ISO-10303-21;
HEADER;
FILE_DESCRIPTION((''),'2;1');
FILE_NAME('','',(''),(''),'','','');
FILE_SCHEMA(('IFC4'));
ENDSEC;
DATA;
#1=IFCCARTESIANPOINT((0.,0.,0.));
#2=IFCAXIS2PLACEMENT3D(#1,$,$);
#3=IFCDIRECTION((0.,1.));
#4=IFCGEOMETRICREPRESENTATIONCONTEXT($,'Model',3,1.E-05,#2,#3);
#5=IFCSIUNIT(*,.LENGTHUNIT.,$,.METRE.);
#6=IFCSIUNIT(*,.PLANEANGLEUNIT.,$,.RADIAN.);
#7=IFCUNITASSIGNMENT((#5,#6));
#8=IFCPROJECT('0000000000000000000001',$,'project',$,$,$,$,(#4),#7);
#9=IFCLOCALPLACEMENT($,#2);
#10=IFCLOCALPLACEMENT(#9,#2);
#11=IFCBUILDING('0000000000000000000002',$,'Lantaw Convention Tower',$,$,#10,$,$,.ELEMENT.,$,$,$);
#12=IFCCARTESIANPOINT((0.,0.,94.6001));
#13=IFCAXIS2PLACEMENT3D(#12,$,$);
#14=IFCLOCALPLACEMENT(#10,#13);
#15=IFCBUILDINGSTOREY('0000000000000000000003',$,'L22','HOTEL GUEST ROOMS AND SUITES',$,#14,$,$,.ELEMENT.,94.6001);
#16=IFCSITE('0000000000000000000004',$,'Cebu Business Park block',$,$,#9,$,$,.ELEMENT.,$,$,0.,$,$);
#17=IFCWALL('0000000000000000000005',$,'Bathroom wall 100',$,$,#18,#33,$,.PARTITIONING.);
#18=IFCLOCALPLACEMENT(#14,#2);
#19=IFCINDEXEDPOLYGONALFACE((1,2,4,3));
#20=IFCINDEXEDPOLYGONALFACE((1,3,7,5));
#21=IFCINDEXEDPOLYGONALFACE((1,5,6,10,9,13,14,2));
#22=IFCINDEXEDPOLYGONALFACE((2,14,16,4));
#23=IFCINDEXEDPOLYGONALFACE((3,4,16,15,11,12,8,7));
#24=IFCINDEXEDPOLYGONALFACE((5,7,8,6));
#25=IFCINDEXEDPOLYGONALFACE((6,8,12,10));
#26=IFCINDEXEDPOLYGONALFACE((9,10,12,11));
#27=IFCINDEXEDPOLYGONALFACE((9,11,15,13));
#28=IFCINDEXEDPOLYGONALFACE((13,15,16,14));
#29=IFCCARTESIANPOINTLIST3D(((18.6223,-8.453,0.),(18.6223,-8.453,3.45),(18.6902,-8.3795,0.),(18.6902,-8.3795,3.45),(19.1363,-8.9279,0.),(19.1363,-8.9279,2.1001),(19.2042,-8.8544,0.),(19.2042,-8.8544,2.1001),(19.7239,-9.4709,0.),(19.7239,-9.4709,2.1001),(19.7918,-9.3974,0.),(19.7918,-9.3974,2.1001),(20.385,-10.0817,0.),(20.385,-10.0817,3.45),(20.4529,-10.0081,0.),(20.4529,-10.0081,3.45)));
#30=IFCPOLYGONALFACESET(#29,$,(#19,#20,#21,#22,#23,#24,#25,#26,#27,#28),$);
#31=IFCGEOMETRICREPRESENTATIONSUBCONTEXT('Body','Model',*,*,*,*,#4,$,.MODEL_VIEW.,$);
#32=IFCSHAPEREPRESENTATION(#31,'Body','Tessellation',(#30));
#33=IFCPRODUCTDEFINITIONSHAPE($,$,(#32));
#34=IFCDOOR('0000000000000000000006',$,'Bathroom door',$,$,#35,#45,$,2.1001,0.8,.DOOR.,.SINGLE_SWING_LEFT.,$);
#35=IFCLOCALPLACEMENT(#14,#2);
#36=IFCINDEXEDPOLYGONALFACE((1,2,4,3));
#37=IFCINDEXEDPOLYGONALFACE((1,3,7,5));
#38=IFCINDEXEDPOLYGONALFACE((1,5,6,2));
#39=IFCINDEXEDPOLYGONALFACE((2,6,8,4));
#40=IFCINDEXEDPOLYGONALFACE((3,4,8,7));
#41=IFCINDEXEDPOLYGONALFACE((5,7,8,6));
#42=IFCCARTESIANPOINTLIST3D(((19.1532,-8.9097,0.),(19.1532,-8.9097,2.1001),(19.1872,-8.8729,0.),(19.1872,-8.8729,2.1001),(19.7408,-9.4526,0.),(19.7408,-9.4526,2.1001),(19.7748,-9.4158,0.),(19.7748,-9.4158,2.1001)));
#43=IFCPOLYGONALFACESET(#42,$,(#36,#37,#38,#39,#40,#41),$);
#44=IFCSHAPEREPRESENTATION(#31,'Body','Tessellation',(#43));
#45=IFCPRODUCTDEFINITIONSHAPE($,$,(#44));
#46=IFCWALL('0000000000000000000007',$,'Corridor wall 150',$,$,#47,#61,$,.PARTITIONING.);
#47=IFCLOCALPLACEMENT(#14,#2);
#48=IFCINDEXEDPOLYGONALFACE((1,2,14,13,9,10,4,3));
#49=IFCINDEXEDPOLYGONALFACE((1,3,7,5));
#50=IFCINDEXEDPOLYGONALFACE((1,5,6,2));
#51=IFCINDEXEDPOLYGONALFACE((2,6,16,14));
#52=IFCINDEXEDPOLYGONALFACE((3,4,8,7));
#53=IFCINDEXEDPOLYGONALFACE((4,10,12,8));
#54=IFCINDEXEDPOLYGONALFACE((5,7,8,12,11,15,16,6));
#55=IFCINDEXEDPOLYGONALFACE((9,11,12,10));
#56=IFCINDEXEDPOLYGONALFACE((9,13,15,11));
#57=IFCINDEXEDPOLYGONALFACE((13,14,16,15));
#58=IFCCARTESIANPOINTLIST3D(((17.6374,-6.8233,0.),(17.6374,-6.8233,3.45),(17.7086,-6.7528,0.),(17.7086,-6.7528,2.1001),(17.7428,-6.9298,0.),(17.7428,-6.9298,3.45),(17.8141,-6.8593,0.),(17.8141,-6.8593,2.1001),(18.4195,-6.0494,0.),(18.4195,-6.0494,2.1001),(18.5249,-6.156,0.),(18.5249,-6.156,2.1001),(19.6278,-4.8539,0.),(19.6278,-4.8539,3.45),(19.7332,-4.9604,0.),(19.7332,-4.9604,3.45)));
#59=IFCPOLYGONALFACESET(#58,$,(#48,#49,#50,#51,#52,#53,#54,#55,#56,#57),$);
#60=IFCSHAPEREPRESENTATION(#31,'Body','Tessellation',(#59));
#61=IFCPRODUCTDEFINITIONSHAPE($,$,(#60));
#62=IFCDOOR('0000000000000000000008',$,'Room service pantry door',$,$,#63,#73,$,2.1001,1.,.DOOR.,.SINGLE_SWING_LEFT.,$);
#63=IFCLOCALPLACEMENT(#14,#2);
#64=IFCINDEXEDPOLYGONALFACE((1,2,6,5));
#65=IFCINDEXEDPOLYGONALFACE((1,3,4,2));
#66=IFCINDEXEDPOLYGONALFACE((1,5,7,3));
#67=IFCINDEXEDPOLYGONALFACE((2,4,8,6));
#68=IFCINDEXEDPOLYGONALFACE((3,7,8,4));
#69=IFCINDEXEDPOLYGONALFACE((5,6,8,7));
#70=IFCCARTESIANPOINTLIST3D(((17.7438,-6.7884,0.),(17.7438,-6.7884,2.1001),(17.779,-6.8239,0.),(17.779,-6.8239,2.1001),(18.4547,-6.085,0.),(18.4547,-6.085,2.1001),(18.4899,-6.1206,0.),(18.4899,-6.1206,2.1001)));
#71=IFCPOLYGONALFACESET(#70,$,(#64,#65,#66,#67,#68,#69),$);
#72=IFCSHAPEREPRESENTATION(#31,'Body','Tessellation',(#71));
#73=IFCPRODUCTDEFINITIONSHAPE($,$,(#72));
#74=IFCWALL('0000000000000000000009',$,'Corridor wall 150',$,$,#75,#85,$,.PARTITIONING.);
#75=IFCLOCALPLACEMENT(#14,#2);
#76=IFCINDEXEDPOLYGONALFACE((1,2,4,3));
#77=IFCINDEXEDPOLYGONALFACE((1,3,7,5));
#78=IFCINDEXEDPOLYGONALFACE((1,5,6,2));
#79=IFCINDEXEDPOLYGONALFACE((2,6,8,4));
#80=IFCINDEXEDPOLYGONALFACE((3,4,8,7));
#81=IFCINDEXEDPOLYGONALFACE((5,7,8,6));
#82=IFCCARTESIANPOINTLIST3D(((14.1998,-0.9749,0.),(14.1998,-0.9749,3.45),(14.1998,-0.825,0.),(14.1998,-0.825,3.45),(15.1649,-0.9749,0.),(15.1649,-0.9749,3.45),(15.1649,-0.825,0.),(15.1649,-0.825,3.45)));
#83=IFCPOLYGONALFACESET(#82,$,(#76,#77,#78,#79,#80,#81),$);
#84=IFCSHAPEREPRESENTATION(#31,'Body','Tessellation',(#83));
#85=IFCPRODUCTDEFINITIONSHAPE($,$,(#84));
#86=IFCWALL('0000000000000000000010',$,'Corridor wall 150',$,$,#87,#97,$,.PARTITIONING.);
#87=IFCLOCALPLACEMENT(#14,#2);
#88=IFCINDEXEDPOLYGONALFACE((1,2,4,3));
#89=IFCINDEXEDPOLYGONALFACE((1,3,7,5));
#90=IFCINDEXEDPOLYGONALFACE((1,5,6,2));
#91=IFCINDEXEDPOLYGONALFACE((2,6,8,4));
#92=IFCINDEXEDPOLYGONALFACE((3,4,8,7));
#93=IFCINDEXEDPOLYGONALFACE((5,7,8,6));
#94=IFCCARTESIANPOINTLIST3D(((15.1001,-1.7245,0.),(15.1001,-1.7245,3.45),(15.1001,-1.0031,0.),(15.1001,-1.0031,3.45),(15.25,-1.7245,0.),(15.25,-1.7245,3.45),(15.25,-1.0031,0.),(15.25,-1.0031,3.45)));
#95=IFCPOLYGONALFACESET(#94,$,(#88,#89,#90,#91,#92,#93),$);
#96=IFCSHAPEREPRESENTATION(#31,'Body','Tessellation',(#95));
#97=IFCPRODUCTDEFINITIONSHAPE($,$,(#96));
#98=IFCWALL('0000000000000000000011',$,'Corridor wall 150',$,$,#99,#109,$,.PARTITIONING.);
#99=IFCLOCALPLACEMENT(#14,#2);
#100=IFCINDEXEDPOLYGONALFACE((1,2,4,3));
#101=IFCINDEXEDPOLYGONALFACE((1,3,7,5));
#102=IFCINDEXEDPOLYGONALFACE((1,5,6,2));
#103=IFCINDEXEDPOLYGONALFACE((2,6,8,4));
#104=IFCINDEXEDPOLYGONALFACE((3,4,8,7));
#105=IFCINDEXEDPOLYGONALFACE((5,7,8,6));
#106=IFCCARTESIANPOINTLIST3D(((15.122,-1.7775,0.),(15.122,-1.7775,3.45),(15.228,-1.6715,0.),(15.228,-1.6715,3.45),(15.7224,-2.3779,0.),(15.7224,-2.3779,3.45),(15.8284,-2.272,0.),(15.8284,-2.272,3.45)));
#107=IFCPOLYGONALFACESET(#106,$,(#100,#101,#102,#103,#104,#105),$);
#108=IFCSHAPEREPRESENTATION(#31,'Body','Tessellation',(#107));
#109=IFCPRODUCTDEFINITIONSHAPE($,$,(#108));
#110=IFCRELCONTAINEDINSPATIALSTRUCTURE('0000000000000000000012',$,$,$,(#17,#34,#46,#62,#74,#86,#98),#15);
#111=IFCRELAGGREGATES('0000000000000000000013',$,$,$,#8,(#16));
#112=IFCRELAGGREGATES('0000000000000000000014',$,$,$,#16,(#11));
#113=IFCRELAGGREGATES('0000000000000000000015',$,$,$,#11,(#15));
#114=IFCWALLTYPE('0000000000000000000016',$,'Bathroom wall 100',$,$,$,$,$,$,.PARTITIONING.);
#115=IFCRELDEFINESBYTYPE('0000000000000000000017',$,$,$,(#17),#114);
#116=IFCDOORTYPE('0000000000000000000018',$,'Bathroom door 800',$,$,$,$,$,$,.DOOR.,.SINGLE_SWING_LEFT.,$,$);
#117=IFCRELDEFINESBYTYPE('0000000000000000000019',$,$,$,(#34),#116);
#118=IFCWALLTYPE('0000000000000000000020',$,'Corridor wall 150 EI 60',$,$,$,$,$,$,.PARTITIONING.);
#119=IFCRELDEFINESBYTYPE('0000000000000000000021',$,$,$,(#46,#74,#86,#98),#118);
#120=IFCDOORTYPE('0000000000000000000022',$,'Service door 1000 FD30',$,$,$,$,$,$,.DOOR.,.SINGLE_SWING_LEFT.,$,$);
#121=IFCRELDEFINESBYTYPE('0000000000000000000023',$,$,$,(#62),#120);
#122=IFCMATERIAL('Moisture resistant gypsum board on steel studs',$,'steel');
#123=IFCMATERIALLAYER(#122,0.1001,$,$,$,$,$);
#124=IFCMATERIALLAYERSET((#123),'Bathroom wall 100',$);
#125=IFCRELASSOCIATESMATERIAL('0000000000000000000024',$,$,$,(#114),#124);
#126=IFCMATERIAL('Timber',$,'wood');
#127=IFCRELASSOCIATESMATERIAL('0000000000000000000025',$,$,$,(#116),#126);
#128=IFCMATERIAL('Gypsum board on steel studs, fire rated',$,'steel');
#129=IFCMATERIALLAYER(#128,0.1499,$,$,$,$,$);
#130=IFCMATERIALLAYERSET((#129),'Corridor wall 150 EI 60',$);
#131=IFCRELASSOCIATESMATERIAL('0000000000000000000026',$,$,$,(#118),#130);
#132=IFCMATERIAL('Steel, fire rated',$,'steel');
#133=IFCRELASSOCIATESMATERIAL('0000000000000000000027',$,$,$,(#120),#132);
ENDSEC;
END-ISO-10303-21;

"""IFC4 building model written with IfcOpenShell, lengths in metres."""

from ifc_helpers import new_model, si_unit, direction, frame, frame_2d, origin, place, context, subcontext, project, spatial, rectangle, extrude, material, layer, layer_set, type_object, element, fill, save


model = new_model("IFC4")

# Units and contexts
model_context = context("Model", 3, precision=1e-05, world=origin(), true_north=direction((0.0, 1.0)))
body_context = subcontext(model_context, "Body", "Model", "MODEL_VIEW")
ifc_project = project(units=[si_unit("LENGTHUNIT", "METRE"), si_unit("PLANEANGLEUNIT", "RADIAN")], contexts=[model_context])

# Site, building, storey
site_placement = place(None, origin())
site = spatial("IfcSite", under=ifc_project, at=site_placement, Name="Cebu Business Park block", CompositionType="ELEMENT", RefElevation=0.0)
building_placement = place(site_placement, origin())
building = spatial("IfcBuilding", under=site, at=building_placement, Name="Lantaw Convention Tower", CompositionType="ELEMENT")
storey_placement = place(building_placement, frame((0.0, 0.0, 94.6001)))
storey = spatial("IfcBuildingStorey", under=building, at=storey_placement, Name="L22", Description="HOTEL GUEST ROOMS AND SUITES", CompositionType="ELEMENT", Elevation=94.6001)

# Walls, openings, doors
ifc_material_1 = material(Name="Moisture resistant gypsum board on steel studs", Category="steel")
ifc_layer_1 = layer(ifc_material_1, 0.1001)
ifc_layer_set_1 = layer_set([ifc_layer_1], Name="Bathroom wall 100")
wall_type_1 = type_object("IfcWallType", Name="Bathroom wall 100", PredefinedType="PARTITIONING", material=ifc_layer_set_1)
wall_1_placement = place(storey_placement, frame((18.6562, -8.4163, 0.0), z_axis=(0.0, 0.0, 1.0), x_axis=(0.73448, -0.678631, 0.0)))
wall_1 = element("IfcWall", 1, at=wall_1_placement, inside=storey, type_object=wall_type_1, Name="Bathroom wall 100", PredefinedType="PARTITIONING", context=body_context, shape_type="SweptSolid", body=[
    extrude(rectangle(XDim=2.3999, YDim=0.1001, at=frame_2d((1.2, 0.0))), origin(), (0.0, 0.0, 1.0), 3.45),
])
opening_1_placement = place(wall_1_placement, frame((0.7, 0.0, 0.0)))
opening_1 = element("IfcOpeningElement", 2, at=opening_1_placement, cuts=wall_1, PredefinedType="OPENING", context=body_context, shape_type="SweptSolid", body=[
    extrude(rectangle(XDim=0.8, YDim=2.1001, at=frame_2d((0.3999, 1.05))), frame((0.0, 0.0601, 0.0), z_axis=(0.0, -1.0, 0.0), x_axis=(1.0, 0.0, 0.0)), (0.0, 0.0, 1.0), 0.1201),
])
ifc_material_2 = material(Name="Timber", Category="wood")
door_type_1 = type_object("IfcDoorType", Name="Bathroom door 800", OperationType="SINGLE_SWING_LEFT", PredefinedType="DOOR", material=ifc_material_2)
door_1_placement = place(opening_1_placement, origin())
door_1 = element("IfcDoor", 3, at=door_1_placement, inside=storey, type_object=door_type_1, Name="Bathroom door", OperationType="SINGLE_SWING_LEFT", OverallHeight=2.1001, OverallWidth=0.8, PredefinedType="DOOR", context=body_context, shape_type="SweptSolid", body=[
    extrude(rectangle(XDim=0.8, YDim=2.1001, at=frame_2d((0.3999, 1.05))), frame((0.0, 0.0249, 0.0), z_axis=(0.0, -1.0, 0.0), x_axis=(1.0, 0.0, 0.0)), (0.0, 0.0, 1.0), 0.05),
])
fill(opening_1, door_1)
ifc_material_3 = material(Name="Gypsum board on steel studs, fire rated", Category="steel")
ifc_layer_2 = layer(ifc_material_3, 0.1499)
ifc_layer_set_2 = layer_set([ifc_layer_2], Name="Corridor wall 150 EI 60")
wall_type_2 = type_object("IfcWallType", Name="Corridor wall 150 EI 60", PredefinedType="PARTITIONING", material=ifc_layer_set_2)
wall_2_placement = place(storey_placement, frame((17.6902, -6.8765, 0.0), z_axis=(0.0, 0.0, 1.0), x_axis=(0.710846, 0.703348, 0.0)))
wall_2 = element("IfcWall", 4, at=wall_2_placement, inside=storey, type_object=wall_type_2, Name="Corridor wall 150", PredefinedType="PARTITIONING", context=body_context, shape_type="SweptSolid", body=[
    extrude(rectangle(XDim=2.8, YDim=0.1499, at=frame_2d((1.3999, 0.0))), origin(), (0.0, 0.0, 1.0), 3.45),
])
opening_2_placement = place(wall_2_placement, frame((0.1001, 0.0, 0.0)))
opening_2 = element("IfcOpeningElement", 5, at=opening_2_placement, cuts=wall_2, PredefinedType="OPENING", context=body_context, shape_type="SweptSolid", body=[
    extrude(rectangle(XDim=1.0, YDim=2.1001, at=frame_2d((0.5, 1.05))), frame((0.0, 0.085, 0.0), z_axis=(0.0, -1.0, 0.0), x_axis=(1.0, 0.0, 0.0)), (0.0, 0.0, 1.0), 0.1699),
])
ifc_material_4 = material(Name="Steel, fire rated", Category="steel")
door_type_2 = type_object("IfcDoorType", Name="Service door 1000 FD30", OperationType="SINGLE_SWING_LEFT", PredefinedType="DOOR", material=ifc_material_4)
door_2_placement = place(opening_2_placement, origin())
door_2 = element("IfcDoor", 6, at=door_2_placement, inside=storey, type_object=door_type_2, Name="Room service pantry door", OperationType="SINGLE_SWING_LEFT", OverallHeight=2.1001, OverallWidth=1.0, PredefinedType="DOOR", context=body_context, shape_type="SweptSolid", body=[
    extrude(rectangle(XDim=1.0, YDim=2.1001, at=frame_2d((0.5, 1.05))), frame((0.0, 0.0249, 0.0), z_axis=(0.0, -1.0, 0.0), x_axis=(1.0, 0.0, 0.0)), (0.0, 0.0, 1.0), 0.05),
])
fill(opening_2, door_2)

# Walls
wall_3_placement = place(storey_placement, frame((14.2, -0.8999, 0.0), z_axis=(0.0, 0.0, 1.0), x_axis=(1.0, 0.0, 0.0)))
element("IfcWall", 7, at=wall_3_placement, inside=storey, type_object=wall_type_2, Name="Corridor wall 150", PredefinedType="PARTITIONING", context=body_context, shape_type="SweptSolid", body=[
    extrude(rectangle(XDim=0.9651, YDim=0.1499, at=frame_2d((0.4824, 0.0))), origin(), (0.0, 0.0, 1.0), 3.45),
])
wall_4_placement = place(storey_placement, frame((15.175, -1.7246, 0.0), z_axis=(0.0, 0.0, 1.0), x_axis=(0.0, 1.0, 0.0)))
element("IfcWall", 8, at=wall_4_placement, inside=storey, type_object=wall_type_2, Name="Corridor wall 150", PredefinedType="PARTITIONING", context=body_context, shape_type="SweptSolid", body=[
    extrude(rectangle(XDim=0.7214, YDim=0.1499, at=frame_2d((0.3608, 0.0))), origin(), (0.0, 0.0, 1.0), 3.45),
])
wall_5_placement = place(storey_placement, frame((15.7754, -2.325, 0.0), z_axis=(0.0, 0.0, 1.0), x_axis=(-0.707107, 0.707107, 0.0)))
element("IfcWall", 9, at=wall_5_placement, inside=storey, type_object=wall_type_2, Name="Corridor wall 150", PredefinedType="PARTITIONING", context=body_context, shape_type="SweptSolid", body=[
    extrude(rectangle(XDim=0.8491, YDim=0.1499, at=frame_2d((0.4246, 0.0))), origin(), (0.0, 0.0, 1.0), 3.45),
])

save(model, "model.ifc")
